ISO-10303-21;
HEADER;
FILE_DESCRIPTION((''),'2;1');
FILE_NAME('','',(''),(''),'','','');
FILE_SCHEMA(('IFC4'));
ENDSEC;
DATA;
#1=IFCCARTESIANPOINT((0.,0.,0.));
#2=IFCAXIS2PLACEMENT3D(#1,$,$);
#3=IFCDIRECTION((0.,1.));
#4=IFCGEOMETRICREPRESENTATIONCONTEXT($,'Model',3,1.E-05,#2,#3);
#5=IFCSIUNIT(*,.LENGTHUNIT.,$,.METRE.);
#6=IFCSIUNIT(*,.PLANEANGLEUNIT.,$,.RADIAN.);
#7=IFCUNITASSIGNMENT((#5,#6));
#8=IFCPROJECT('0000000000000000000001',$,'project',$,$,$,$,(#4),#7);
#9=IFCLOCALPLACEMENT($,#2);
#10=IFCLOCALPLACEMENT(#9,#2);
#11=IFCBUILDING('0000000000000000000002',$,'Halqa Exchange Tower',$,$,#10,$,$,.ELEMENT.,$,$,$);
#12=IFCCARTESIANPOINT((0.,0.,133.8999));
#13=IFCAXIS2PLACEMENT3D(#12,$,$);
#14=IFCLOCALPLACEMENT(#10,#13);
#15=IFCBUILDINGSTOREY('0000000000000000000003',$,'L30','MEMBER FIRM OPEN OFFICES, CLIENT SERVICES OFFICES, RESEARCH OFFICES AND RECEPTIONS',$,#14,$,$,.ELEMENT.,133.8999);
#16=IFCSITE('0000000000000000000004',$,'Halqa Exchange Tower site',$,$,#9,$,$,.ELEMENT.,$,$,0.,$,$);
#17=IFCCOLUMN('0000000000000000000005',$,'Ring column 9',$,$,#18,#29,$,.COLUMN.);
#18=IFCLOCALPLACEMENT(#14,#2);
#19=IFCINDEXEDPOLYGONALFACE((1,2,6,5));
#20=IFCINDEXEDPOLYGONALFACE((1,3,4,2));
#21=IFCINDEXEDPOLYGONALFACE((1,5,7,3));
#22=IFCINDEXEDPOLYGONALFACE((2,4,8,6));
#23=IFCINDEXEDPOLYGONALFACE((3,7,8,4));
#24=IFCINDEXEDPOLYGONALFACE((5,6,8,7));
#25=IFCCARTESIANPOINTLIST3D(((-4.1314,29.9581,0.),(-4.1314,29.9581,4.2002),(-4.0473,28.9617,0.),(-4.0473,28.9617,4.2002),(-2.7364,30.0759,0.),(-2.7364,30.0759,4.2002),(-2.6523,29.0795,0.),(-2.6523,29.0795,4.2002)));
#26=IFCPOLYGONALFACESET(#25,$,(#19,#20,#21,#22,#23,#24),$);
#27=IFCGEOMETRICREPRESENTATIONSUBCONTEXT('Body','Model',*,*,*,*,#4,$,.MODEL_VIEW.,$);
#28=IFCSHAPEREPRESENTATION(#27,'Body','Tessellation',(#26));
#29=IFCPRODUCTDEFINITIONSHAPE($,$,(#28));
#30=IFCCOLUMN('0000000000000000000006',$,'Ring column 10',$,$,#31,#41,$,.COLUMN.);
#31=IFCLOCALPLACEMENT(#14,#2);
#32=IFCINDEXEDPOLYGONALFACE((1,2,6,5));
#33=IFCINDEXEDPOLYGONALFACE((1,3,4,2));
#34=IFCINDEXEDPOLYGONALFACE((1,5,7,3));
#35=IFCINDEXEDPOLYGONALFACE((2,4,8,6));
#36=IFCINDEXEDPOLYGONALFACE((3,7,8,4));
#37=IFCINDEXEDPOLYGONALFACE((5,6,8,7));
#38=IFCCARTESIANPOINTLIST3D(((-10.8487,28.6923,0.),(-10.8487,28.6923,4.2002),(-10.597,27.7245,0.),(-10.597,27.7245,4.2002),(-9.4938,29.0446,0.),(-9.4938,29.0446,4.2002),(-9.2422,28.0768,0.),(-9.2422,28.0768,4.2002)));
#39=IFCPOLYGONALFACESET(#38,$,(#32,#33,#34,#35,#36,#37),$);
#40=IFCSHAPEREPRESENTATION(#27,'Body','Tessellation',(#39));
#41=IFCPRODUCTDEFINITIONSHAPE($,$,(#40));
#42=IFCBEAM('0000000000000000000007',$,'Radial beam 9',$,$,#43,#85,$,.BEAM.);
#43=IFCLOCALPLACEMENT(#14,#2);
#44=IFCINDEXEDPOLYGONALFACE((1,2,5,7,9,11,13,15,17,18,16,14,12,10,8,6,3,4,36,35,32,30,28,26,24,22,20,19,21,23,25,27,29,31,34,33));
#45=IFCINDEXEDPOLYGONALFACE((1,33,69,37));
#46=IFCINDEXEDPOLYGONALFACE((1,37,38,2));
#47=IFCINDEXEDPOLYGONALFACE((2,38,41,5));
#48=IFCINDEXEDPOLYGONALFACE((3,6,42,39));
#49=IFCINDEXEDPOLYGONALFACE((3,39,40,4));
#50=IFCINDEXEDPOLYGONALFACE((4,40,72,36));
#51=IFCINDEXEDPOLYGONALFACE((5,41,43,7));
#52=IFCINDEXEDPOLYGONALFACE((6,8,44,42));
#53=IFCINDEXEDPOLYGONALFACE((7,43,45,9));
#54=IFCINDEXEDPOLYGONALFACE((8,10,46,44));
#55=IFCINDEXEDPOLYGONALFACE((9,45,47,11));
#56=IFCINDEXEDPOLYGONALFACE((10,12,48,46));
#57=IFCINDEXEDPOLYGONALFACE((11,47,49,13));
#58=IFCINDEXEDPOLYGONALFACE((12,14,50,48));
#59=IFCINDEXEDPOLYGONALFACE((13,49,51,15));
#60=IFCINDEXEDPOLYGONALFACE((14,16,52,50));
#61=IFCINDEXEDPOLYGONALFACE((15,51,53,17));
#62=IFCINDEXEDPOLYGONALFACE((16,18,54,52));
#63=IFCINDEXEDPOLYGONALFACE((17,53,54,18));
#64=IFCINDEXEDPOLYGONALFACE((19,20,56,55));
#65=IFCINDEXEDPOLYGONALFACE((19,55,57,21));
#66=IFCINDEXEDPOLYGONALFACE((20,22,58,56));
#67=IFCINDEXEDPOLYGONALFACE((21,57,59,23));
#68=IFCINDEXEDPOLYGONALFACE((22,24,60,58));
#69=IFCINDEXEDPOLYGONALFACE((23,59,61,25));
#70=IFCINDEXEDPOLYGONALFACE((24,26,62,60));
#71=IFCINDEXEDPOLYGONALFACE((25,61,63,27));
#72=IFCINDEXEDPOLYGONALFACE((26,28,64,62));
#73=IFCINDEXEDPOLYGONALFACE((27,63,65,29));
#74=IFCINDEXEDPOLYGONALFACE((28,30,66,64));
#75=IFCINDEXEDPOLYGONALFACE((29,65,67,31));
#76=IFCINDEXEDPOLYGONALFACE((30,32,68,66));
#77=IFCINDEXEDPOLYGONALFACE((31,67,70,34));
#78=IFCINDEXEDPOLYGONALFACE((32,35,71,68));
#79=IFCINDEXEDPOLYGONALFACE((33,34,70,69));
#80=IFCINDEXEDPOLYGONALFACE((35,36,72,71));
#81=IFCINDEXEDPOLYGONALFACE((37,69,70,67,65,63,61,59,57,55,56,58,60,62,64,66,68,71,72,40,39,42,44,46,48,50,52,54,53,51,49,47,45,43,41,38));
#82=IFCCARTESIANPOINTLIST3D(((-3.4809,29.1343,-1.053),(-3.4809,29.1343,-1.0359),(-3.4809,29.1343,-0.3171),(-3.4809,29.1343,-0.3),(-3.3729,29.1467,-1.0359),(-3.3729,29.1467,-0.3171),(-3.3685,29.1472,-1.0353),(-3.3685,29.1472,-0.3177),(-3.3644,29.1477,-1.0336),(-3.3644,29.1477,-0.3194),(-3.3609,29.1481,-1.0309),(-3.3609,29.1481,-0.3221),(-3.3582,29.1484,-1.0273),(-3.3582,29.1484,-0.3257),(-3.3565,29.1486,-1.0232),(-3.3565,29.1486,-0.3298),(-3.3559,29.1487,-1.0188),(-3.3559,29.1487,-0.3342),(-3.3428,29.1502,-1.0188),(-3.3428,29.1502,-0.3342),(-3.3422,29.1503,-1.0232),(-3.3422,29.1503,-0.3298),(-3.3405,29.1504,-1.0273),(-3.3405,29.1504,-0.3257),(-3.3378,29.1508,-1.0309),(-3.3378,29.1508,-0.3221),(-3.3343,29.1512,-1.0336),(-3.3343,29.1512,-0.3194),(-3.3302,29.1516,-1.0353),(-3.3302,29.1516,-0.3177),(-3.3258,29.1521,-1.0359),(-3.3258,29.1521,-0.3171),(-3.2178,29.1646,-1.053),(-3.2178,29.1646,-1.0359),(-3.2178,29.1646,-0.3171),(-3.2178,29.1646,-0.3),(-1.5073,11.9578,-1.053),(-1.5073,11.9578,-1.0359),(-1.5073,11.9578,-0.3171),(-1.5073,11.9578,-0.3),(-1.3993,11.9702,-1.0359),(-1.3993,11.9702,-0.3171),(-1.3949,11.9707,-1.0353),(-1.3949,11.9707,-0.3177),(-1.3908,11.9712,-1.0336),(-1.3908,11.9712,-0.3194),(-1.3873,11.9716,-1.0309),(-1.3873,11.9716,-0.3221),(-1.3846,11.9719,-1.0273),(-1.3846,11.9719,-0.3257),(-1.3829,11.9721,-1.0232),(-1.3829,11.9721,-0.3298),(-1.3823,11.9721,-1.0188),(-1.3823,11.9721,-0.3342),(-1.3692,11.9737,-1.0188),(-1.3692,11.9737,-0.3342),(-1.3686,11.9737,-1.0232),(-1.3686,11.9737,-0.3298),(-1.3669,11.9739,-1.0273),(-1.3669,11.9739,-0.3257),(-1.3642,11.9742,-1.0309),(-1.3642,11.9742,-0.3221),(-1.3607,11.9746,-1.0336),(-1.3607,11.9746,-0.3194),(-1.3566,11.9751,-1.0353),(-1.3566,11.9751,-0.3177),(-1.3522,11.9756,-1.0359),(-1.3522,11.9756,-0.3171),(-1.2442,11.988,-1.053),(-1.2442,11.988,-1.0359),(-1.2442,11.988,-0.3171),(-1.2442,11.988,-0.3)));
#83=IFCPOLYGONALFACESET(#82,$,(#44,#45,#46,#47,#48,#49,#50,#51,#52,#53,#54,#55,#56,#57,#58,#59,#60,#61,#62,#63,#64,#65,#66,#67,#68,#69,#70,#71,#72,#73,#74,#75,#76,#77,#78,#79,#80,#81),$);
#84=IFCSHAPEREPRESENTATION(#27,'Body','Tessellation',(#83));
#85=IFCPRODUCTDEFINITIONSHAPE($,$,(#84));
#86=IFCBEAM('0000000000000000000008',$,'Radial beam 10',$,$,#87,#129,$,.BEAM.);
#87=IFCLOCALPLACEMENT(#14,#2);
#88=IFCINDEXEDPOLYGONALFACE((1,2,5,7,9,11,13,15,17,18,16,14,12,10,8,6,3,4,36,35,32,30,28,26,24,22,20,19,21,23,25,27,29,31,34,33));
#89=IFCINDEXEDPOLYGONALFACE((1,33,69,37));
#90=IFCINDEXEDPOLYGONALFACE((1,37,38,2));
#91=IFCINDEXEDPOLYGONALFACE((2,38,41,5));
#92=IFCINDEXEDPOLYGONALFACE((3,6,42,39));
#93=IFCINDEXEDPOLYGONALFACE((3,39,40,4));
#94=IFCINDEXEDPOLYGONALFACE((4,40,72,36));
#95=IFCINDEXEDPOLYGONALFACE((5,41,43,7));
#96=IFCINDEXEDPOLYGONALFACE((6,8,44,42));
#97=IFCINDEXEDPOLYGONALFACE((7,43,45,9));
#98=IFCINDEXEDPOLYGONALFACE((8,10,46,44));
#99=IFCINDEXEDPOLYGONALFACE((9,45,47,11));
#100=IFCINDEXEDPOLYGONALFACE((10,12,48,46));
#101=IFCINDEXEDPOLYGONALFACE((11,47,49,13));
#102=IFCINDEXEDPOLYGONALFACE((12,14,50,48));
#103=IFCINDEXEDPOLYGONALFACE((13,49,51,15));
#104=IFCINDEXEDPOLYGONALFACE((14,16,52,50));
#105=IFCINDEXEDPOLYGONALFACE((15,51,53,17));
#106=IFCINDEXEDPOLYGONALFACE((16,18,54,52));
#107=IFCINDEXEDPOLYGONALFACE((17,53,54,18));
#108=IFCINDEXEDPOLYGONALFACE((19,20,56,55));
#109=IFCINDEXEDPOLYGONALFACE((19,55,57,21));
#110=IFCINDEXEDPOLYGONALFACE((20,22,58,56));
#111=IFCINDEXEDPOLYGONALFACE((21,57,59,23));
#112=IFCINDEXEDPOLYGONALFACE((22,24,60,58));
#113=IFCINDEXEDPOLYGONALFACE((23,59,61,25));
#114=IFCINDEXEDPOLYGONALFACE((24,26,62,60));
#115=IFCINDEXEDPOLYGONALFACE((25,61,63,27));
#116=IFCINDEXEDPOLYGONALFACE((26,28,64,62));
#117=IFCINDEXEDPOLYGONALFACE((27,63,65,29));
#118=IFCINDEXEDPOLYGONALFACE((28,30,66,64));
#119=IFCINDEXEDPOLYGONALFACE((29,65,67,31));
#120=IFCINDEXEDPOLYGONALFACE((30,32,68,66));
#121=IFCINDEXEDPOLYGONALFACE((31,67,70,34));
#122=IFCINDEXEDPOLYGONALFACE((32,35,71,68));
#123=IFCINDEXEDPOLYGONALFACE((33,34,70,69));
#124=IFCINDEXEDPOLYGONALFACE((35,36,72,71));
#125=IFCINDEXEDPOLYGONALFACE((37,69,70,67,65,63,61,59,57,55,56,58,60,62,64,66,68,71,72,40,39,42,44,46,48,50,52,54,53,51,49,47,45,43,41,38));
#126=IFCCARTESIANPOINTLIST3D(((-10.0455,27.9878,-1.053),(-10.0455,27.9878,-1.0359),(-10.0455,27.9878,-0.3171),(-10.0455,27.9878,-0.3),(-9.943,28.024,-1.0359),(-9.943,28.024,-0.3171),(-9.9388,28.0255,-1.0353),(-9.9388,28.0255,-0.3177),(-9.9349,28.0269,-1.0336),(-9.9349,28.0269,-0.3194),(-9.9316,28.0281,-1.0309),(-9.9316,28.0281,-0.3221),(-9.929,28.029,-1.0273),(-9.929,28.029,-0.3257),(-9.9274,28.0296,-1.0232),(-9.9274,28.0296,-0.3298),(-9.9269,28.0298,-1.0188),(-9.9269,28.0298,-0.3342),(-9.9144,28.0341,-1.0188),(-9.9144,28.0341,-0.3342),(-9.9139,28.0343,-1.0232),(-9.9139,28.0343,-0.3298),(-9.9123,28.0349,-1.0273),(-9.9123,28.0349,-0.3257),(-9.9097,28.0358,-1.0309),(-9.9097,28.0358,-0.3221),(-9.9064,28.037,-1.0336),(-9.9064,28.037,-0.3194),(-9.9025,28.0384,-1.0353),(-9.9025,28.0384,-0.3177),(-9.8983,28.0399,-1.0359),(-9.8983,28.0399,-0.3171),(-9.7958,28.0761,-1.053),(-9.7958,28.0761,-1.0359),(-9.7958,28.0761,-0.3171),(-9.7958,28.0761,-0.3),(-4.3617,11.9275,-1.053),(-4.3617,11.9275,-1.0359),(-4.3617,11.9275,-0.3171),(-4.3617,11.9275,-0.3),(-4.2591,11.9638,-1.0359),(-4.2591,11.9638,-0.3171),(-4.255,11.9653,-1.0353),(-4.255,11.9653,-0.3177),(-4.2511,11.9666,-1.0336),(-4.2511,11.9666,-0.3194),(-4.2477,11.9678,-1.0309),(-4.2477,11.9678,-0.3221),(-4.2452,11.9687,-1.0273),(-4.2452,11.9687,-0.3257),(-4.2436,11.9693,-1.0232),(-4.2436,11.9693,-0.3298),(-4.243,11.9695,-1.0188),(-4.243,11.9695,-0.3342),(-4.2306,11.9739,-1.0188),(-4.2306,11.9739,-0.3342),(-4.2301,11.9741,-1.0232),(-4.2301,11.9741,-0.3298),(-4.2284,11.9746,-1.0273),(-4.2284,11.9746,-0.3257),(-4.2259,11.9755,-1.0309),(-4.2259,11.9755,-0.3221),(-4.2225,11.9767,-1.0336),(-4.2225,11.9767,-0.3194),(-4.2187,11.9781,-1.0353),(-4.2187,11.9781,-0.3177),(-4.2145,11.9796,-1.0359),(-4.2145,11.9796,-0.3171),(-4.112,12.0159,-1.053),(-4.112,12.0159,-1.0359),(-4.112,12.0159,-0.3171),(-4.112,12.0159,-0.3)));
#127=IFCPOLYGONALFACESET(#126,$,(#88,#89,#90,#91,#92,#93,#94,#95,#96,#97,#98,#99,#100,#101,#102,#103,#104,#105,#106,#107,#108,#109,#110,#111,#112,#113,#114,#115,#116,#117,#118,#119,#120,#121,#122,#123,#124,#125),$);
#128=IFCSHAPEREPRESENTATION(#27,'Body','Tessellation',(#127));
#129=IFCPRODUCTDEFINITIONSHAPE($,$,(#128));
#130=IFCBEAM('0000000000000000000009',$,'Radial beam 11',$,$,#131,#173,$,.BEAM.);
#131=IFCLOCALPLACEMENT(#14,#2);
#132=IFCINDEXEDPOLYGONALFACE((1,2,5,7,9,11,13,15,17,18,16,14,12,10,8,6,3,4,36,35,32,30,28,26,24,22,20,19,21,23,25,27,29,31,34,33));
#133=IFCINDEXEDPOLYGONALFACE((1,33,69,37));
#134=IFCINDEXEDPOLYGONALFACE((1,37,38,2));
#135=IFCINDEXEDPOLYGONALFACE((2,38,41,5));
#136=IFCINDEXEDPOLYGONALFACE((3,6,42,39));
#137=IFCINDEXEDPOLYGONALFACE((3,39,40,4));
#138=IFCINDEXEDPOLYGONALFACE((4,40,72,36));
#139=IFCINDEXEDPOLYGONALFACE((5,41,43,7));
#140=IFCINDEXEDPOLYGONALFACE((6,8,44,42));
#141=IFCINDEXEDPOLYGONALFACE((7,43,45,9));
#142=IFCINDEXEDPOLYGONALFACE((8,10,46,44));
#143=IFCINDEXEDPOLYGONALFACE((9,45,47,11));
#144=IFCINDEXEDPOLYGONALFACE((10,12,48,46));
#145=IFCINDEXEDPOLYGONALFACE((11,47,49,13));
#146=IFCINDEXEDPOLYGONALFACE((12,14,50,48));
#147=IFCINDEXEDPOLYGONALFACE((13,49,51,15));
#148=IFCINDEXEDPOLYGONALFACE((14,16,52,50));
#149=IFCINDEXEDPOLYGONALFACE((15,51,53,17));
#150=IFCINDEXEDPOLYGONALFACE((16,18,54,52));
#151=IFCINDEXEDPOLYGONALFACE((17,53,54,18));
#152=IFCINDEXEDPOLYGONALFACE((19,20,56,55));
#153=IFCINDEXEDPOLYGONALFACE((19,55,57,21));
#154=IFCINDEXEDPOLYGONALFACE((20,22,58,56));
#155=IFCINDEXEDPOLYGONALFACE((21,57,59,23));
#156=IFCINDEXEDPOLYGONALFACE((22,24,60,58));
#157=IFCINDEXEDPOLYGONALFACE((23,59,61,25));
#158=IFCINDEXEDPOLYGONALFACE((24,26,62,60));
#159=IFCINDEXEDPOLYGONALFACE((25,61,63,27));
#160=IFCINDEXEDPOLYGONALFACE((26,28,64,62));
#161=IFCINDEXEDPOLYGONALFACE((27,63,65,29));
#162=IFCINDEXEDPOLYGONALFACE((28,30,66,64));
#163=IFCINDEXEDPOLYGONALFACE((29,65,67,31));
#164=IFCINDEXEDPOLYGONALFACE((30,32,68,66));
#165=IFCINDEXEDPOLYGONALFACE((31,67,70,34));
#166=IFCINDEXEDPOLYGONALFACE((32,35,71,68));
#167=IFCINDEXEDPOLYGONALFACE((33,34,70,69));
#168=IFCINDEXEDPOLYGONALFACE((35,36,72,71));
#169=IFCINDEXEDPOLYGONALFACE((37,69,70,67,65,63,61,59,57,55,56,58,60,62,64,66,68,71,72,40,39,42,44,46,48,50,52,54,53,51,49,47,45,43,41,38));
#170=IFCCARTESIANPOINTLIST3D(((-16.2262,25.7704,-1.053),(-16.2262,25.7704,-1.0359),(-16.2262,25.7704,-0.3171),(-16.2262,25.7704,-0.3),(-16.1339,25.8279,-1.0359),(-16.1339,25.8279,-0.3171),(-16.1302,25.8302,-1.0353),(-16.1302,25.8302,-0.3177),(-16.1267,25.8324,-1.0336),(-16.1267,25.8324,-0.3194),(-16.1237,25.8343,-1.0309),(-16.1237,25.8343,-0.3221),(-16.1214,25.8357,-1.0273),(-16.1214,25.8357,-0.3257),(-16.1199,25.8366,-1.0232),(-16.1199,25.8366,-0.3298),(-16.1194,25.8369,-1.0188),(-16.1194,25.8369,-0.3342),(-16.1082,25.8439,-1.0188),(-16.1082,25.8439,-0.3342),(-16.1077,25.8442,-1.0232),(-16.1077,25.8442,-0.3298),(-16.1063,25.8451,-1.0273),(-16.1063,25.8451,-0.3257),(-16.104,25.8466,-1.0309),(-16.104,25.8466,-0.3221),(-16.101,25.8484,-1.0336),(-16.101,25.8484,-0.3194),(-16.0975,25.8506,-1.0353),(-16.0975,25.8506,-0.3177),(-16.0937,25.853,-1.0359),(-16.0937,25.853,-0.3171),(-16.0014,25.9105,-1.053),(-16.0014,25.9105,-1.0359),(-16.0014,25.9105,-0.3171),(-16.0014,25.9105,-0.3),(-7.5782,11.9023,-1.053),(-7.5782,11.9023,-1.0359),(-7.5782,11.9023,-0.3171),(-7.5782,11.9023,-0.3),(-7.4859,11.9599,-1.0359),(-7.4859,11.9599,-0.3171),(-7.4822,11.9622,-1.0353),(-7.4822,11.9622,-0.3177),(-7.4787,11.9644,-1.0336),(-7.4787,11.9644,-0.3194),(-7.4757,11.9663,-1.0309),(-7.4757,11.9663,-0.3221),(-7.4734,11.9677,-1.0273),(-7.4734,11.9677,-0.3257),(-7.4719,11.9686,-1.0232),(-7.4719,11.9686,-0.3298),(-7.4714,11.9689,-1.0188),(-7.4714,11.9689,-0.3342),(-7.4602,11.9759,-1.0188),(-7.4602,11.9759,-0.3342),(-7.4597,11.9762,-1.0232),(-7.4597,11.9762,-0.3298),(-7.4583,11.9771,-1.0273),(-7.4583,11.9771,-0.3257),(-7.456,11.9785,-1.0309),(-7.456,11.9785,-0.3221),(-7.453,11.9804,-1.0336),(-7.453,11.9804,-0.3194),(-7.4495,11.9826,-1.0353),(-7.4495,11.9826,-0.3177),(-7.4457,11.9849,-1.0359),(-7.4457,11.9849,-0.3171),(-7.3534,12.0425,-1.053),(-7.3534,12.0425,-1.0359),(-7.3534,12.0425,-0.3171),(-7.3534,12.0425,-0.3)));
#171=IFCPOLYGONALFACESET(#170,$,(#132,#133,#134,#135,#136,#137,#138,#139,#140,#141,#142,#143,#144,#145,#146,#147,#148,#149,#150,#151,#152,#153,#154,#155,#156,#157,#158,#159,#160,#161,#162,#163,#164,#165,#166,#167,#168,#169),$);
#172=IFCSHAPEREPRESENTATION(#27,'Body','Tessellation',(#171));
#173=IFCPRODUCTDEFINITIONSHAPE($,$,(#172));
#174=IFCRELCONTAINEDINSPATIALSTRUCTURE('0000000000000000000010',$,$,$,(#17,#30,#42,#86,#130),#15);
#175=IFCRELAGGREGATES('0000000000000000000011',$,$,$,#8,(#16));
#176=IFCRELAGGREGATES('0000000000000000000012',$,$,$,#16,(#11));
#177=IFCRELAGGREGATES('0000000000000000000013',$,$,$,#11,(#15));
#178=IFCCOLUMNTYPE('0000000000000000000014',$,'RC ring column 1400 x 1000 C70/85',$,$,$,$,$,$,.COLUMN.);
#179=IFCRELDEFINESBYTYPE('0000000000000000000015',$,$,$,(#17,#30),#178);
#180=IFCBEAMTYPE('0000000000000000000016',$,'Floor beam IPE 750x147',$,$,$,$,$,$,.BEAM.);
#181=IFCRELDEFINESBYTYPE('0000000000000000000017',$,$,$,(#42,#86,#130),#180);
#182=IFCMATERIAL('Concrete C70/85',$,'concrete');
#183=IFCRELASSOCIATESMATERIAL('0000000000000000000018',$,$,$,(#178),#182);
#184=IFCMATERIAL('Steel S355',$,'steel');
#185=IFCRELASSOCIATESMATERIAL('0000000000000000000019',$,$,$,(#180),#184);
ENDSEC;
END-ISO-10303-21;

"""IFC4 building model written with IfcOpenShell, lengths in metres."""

from ifc_helpers import new_model, si_unit, direction, frame, origin, origin_2d, place, context, subcontext, project, spatial, rectangle, i_section, extrude, material, material_profile, profile_set, type_object, element, save


model = new_model("IFC4")

# Units and contexts
model_context = context("Model", 3, precision=1e-05, world=origin(), true_north=direction((0.0, 1.0)))
body_context = subcontext(model_context, "Body", "Model", "MODEL_VIEW")
ifc_project = project(units=[si_unit("LENGTHUNIT", "METRE"), si_unit("PLANEANGLEUNIT", "RADIAN")], contexts=[model_context])

# Site, building, storey
site_placement = place(None, origin())
site = spatial("IfcSite", under=ifc_project, at=site_placement, Name="Halqa Exchange Tower site", CompositionType="ELEMENT", RefElevation=0.0)
building_placement = place(site_placement, origin())
building = spatial("IfcBuilding", under=site, at=building_placement, Name="Halqa Exchange Tower", CompositionType="ELEMENT")
storey_placement = place(building_placement, frame((0.0, 0.0, 133.8999)))
storey = spatial("IfcBuildingStorey", under=building, at=storey_placement, Name="L30", Description="MEMBER FIRM OPEN OFFICES, CLIENT SERVICES OFFICES, RESEARCH OFFICES AND RECEPTIONS", CompositionType="ELEMENT", Elevation=133.8999)

# Columns
ifc_material_1 = material(Name="Concrete C70/85", Category="concrete")
ifc_material_profile_1 = material_profile(ifc_material_1, rectangle(XDim=1.3999, YDim=1.0, at=origin_2d()), Name="1400 x 1000")
ifc_profile_set_1 = profile_set([ifc_material_profile_1], Name="Concrete C70/85")
column_type = type_object("IfcColumnType", Name="RC ring column 1400 x 1000 C70/85", PredefinedType="COLUMN", material=ifc_profile_set_1)
for number, where, z_axis, x_axis, name in (
    (1, (-3.3918, 29.5188, 0.0), (0.0, 0.0, 1.0), (-0.996455, -0.084123, 0.0), "Ring column 9"),
    (2, (-10.0454, 28.3845, 0.0), (0.0, 0.0, 1.0), (-0.96782, -0.251645, 0.0), "Ring column 10"),
):
    element("IfcColumn", number, at=place(storey_placement, frame(where, z_axis=z_axis, x_axis=x_axis)), inside=storey, type_object=column_type, Name=name, PredefinedType="COLUMN", context=body_context, shape_type="SweptSolid", body=[
        extrude(rectangle(XDim=1.3999, YDim=1.0, at=origin_2d()), origin(), (0.0, 0.0, 1.0), 4.2002),
    ])

# Beams
ifc_material_2 = material(Name="Steel S355", Category="steel")
ifc_material_profile_2 = material_profile(ifc_material_2, i_section(OverallWidth=0.2649, OverallDepth=0.7529, WebThickness=0.0132, FlangeThickness=0.0171, FilletRadius=0.0171, at=origin_2d()), Name="IPE 750x147")
ifc_profile_set_2 = profile_set([ifc_material_profile_2], Name="Steel S355")
beam_type_1 = type_object("IfcBeamType", Name="Floor beam IPE 750x147", PredefinedType="BEAM", material=ifc_profile_set_2)
beam_1_placement = place(storey_placement, frame((-1.3757, 11.9729, -0.6765), z_axis=(-0.114152, 0.993463, 0.0), x_axis=(-0.993463, -0.114152, 0.0)))
element("IfcBeam", 3, at=beam_1_placement, inside=storey, type_object=beam_type_1, Name="Radial beam 9", PredefinedType="BEAM", context=body_context, shape_type="SweptSolid", body=[
    extrude(i_section(OverallWidth=0.2649, OverallDepth=0.7529, WebThickness=0.0132, FlangeThickness=0.0171, FilletRadius=0.0171, at=origin_2d()), origin(), (0.0, 0.0, 1.0), 17.2896),
])
beam_2_placement = place(storey_placement, frame((-4.2368, 11.9717, -0.6765), z_axis=(-0.333629, 0.942705, 0.0), x_axis=(-0.942705, -0.333629, 0.0)))
element("IfcBeam", 4, at=beam_2_placement, inside=storey, type_object=beam_type_1, Name="Radial beam 10", PredefinedType="BEAM", context=body_context, shape_type="SweptSolid", body=[
    extrude(i_section(OverallWidth=0.2649, OverallDepth=0.7529, WebThickness=0.0132, FlangeThickness=0.0171, FilletRadius=0.0171, at=origin_2d()), origin(), (0.0, 0.0, 1.0), 17.0364),
])
beam_3_placement = place(storey_placement, frame((-7.4658, 11.9724, -0.6765), z_axis=(-0.529141, 0.848534, 0.0), x_axis=(-0.848534, -0.529141, 0.0)))
element("IfcBeam", 5, at=beam_3_placement, inside=storey, type_object=beam_type_1, Name="Radial beam 11", PredefinedType="BEAM", context=body_context, shape_type="SweptSolid", body=[
    extrude(i_section(OverallWidth=0.2649, OverallDepth=0.7529, WebThickness=0.0132, FlangeThickness=0.0171, FilletRadius=0.0171, at=origin_2d()), origin(), (0.0, 0.0, 1.0), 16.3435),
])

save(model, "model.ifc")
